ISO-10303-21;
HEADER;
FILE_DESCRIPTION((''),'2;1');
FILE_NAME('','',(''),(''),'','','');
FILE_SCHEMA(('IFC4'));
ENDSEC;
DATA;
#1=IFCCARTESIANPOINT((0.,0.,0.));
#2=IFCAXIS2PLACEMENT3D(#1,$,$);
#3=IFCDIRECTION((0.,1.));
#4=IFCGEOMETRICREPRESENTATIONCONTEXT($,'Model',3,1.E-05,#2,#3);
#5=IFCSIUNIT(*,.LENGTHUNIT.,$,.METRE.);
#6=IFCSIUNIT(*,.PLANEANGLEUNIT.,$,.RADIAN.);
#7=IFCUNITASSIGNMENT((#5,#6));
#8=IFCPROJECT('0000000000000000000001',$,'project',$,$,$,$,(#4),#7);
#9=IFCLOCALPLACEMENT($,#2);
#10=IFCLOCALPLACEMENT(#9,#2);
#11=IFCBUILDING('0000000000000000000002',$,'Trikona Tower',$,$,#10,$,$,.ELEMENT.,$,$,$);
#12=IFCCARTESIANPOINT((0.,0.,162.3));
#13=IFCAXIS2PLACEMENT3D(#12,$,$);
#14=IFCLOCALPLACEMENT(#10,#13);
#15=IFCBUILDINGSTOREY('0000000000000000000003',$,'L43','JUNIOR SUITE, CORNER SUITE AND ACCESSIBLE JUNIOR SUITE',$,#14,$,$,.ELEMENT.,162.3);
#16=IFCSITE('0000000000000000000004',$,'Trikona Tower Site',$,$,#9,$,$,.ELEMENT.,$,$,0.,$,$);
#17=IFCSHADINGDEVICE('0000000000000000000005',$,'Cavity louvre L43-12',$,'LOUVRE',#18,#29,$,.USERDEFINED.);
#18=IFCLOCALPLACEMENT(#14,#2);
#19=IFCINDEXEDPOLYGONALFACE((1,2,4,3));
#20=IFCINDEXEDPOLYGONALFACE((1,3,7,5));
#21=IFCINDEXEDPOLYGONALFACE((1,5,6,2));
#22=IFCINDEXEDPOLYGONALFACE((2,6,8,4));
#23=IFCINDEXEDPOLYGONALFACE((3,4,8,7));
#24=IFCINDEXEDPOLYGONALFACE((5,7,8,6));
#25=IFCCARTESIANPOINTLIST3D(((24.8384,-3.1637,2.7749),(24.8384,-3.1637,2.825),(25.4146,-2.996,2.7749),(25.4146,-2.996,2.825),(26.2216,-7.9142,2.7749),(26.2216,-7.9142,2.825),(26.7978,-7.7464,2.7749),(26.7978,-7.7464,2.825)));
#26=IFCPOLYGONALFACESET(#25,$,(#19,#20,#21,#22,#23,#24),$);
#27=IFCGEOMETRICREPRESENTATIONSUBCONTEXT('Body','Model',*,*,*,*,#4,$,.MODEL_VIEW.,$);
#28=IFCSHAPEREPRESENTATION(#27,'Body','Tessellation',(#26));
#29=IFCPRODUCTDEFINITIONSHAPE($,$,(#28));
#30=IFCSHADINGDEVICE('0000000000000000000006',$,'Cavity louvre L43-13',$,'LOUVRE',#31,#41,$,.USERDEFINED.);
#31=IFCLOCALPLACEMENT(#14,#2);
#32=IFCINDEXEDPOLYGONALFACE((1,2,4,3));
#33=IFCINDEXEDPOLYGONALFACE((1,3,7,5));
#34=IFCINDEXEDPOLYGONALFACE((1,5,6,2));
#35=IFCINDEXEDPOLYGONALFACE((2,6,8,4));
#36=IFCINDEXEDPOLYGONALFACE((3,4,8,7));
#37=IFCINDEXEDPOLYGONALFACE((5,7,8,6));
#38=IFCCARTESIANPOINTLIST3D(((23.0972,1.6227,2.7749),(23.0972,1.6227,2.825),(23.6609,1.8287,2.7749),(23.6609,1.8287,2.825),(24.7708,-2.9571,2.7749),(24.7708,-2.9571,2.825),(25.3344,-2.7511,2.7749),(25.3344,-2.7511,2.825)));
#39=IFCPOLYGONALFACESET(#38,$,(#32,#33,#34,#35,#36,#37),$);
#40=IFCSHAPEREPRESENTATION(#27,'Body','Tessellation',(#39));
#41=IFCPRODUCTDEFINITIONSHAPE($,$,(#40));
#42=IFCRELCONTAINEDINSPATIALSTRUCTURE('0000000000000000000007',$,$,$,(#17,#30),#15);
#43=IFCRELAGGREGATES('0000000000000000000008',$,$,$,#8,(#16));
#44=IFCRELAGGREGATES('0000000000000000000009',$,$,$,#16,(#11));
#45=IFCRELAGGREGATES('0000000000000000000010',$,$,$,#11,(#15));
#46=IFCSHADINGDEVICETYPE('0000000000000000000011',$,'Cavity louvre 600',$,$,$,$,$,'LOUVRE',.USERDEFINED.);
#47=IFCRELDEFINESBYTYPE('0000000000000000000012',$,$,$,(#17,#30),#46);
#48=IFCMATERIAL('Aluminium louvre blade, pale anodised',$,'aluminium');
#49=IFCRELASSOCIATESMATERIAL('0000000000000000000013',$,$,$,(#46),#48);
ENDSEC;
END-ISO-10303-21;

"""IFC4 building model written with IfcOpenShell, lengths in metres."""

from ifc_helpers import new_model, si_unit, direction, frame, origin, origin_2d, place, context, subcontext, project, spatial, rectangle, extrude, material, type_object, element, save


model = new_model("IFC4")

# Units and contexts
model_context = context("Model", 3, precision=1e-05, world=origin(), true_north=direction((0.0, 1.0)))
body_context = subcontext(model_context, "Body", "Model", "MODEL_VIEW")
ifc_project = project(units=[si_unit("LENGTHUNIT", "METRE"), si_unit("PLANEANGLEUNIT", "RADIAN")], contexts=[model_context])

# Site, building, storey
site_placement = place(None, origin())
site = spatial("IfcSite", under=ifc_project, at=site_placement, Name="Trikona Tower Site", CompositionType="ELEMENT", RefElevation=0.0)
building_placement = place(site_placement, origin())
building = spatial("IfcBuilding", under=site, at=building_placement, Name="Trikona Tower", CompositionType="ELEMENT")
storey_placement = place(building_placement, frame((0.0, 0.0, 162.3)))
storey = spatial("IfcBuildingStorey", under=building, at=storey_placement, Name="L43", Description="JUNIOR SUITE, CORNER SUITE AND ACCESSIBLE JUNIOR SUITE", CompositionType="ELEMENT", Elevation=162.3)

# Shading devices
ifc_material_1 = material(Name="Aluminium louvre blade, pale anodised", Category="aluminium")
shading_device_type = type_object("IfcShadingDeviceType", Name="Cavity louvre 600", ElementType="LOUVRE", PredefinedType="USERDEFINED", material=ifc_material_1)
shading_device_1_placement = place(storey_placement, frame((25.8181, -5.4551, 2.7749), z_axis=(0.0, 0.0, 1.0), x_axis=(-0.279554, 0.96013, 0.0)))
element("IfcShadingDevice", 1, at=shading_device_1_placement, inside=storey, type_object=shading_device_type, Name="Cavity louvre L43-12", ObjectType="LOUVRE", PredefinedType="USERDEFINED", context=body_context, shape_type="SweptSolid", body=[
    extrude(rectangle(XDim=4.9478, YDim=0.6001, at=origin_2d()), origin(), (0.0, 0.0, 1.0), 0.05),
])
shading_device_2_placement = place(storey_placement, frame((24.2158, -0.5642, 2.7749), z_axis=(0.0, 0.0, 1.0), x_axis=(-0.34322, 0.939255, 0.0)))
element("IfcShadingDevice", 2, at=shading_device_2_placement, inside=storey, type_object=shading_device_type, Name="Cavity louvre L43-13", ObjectType="LOUVRE", PredefinedType="USERDEFINED", context=body_context, shape_type="SweptSolid", body=[
    extrude(rectangle(XDim=4.876, YDim=0.6001, at=origin_2d()), origin(), (0.0, 0.0, 1.0), 0.05),
])

save(model, "model.ifc")
